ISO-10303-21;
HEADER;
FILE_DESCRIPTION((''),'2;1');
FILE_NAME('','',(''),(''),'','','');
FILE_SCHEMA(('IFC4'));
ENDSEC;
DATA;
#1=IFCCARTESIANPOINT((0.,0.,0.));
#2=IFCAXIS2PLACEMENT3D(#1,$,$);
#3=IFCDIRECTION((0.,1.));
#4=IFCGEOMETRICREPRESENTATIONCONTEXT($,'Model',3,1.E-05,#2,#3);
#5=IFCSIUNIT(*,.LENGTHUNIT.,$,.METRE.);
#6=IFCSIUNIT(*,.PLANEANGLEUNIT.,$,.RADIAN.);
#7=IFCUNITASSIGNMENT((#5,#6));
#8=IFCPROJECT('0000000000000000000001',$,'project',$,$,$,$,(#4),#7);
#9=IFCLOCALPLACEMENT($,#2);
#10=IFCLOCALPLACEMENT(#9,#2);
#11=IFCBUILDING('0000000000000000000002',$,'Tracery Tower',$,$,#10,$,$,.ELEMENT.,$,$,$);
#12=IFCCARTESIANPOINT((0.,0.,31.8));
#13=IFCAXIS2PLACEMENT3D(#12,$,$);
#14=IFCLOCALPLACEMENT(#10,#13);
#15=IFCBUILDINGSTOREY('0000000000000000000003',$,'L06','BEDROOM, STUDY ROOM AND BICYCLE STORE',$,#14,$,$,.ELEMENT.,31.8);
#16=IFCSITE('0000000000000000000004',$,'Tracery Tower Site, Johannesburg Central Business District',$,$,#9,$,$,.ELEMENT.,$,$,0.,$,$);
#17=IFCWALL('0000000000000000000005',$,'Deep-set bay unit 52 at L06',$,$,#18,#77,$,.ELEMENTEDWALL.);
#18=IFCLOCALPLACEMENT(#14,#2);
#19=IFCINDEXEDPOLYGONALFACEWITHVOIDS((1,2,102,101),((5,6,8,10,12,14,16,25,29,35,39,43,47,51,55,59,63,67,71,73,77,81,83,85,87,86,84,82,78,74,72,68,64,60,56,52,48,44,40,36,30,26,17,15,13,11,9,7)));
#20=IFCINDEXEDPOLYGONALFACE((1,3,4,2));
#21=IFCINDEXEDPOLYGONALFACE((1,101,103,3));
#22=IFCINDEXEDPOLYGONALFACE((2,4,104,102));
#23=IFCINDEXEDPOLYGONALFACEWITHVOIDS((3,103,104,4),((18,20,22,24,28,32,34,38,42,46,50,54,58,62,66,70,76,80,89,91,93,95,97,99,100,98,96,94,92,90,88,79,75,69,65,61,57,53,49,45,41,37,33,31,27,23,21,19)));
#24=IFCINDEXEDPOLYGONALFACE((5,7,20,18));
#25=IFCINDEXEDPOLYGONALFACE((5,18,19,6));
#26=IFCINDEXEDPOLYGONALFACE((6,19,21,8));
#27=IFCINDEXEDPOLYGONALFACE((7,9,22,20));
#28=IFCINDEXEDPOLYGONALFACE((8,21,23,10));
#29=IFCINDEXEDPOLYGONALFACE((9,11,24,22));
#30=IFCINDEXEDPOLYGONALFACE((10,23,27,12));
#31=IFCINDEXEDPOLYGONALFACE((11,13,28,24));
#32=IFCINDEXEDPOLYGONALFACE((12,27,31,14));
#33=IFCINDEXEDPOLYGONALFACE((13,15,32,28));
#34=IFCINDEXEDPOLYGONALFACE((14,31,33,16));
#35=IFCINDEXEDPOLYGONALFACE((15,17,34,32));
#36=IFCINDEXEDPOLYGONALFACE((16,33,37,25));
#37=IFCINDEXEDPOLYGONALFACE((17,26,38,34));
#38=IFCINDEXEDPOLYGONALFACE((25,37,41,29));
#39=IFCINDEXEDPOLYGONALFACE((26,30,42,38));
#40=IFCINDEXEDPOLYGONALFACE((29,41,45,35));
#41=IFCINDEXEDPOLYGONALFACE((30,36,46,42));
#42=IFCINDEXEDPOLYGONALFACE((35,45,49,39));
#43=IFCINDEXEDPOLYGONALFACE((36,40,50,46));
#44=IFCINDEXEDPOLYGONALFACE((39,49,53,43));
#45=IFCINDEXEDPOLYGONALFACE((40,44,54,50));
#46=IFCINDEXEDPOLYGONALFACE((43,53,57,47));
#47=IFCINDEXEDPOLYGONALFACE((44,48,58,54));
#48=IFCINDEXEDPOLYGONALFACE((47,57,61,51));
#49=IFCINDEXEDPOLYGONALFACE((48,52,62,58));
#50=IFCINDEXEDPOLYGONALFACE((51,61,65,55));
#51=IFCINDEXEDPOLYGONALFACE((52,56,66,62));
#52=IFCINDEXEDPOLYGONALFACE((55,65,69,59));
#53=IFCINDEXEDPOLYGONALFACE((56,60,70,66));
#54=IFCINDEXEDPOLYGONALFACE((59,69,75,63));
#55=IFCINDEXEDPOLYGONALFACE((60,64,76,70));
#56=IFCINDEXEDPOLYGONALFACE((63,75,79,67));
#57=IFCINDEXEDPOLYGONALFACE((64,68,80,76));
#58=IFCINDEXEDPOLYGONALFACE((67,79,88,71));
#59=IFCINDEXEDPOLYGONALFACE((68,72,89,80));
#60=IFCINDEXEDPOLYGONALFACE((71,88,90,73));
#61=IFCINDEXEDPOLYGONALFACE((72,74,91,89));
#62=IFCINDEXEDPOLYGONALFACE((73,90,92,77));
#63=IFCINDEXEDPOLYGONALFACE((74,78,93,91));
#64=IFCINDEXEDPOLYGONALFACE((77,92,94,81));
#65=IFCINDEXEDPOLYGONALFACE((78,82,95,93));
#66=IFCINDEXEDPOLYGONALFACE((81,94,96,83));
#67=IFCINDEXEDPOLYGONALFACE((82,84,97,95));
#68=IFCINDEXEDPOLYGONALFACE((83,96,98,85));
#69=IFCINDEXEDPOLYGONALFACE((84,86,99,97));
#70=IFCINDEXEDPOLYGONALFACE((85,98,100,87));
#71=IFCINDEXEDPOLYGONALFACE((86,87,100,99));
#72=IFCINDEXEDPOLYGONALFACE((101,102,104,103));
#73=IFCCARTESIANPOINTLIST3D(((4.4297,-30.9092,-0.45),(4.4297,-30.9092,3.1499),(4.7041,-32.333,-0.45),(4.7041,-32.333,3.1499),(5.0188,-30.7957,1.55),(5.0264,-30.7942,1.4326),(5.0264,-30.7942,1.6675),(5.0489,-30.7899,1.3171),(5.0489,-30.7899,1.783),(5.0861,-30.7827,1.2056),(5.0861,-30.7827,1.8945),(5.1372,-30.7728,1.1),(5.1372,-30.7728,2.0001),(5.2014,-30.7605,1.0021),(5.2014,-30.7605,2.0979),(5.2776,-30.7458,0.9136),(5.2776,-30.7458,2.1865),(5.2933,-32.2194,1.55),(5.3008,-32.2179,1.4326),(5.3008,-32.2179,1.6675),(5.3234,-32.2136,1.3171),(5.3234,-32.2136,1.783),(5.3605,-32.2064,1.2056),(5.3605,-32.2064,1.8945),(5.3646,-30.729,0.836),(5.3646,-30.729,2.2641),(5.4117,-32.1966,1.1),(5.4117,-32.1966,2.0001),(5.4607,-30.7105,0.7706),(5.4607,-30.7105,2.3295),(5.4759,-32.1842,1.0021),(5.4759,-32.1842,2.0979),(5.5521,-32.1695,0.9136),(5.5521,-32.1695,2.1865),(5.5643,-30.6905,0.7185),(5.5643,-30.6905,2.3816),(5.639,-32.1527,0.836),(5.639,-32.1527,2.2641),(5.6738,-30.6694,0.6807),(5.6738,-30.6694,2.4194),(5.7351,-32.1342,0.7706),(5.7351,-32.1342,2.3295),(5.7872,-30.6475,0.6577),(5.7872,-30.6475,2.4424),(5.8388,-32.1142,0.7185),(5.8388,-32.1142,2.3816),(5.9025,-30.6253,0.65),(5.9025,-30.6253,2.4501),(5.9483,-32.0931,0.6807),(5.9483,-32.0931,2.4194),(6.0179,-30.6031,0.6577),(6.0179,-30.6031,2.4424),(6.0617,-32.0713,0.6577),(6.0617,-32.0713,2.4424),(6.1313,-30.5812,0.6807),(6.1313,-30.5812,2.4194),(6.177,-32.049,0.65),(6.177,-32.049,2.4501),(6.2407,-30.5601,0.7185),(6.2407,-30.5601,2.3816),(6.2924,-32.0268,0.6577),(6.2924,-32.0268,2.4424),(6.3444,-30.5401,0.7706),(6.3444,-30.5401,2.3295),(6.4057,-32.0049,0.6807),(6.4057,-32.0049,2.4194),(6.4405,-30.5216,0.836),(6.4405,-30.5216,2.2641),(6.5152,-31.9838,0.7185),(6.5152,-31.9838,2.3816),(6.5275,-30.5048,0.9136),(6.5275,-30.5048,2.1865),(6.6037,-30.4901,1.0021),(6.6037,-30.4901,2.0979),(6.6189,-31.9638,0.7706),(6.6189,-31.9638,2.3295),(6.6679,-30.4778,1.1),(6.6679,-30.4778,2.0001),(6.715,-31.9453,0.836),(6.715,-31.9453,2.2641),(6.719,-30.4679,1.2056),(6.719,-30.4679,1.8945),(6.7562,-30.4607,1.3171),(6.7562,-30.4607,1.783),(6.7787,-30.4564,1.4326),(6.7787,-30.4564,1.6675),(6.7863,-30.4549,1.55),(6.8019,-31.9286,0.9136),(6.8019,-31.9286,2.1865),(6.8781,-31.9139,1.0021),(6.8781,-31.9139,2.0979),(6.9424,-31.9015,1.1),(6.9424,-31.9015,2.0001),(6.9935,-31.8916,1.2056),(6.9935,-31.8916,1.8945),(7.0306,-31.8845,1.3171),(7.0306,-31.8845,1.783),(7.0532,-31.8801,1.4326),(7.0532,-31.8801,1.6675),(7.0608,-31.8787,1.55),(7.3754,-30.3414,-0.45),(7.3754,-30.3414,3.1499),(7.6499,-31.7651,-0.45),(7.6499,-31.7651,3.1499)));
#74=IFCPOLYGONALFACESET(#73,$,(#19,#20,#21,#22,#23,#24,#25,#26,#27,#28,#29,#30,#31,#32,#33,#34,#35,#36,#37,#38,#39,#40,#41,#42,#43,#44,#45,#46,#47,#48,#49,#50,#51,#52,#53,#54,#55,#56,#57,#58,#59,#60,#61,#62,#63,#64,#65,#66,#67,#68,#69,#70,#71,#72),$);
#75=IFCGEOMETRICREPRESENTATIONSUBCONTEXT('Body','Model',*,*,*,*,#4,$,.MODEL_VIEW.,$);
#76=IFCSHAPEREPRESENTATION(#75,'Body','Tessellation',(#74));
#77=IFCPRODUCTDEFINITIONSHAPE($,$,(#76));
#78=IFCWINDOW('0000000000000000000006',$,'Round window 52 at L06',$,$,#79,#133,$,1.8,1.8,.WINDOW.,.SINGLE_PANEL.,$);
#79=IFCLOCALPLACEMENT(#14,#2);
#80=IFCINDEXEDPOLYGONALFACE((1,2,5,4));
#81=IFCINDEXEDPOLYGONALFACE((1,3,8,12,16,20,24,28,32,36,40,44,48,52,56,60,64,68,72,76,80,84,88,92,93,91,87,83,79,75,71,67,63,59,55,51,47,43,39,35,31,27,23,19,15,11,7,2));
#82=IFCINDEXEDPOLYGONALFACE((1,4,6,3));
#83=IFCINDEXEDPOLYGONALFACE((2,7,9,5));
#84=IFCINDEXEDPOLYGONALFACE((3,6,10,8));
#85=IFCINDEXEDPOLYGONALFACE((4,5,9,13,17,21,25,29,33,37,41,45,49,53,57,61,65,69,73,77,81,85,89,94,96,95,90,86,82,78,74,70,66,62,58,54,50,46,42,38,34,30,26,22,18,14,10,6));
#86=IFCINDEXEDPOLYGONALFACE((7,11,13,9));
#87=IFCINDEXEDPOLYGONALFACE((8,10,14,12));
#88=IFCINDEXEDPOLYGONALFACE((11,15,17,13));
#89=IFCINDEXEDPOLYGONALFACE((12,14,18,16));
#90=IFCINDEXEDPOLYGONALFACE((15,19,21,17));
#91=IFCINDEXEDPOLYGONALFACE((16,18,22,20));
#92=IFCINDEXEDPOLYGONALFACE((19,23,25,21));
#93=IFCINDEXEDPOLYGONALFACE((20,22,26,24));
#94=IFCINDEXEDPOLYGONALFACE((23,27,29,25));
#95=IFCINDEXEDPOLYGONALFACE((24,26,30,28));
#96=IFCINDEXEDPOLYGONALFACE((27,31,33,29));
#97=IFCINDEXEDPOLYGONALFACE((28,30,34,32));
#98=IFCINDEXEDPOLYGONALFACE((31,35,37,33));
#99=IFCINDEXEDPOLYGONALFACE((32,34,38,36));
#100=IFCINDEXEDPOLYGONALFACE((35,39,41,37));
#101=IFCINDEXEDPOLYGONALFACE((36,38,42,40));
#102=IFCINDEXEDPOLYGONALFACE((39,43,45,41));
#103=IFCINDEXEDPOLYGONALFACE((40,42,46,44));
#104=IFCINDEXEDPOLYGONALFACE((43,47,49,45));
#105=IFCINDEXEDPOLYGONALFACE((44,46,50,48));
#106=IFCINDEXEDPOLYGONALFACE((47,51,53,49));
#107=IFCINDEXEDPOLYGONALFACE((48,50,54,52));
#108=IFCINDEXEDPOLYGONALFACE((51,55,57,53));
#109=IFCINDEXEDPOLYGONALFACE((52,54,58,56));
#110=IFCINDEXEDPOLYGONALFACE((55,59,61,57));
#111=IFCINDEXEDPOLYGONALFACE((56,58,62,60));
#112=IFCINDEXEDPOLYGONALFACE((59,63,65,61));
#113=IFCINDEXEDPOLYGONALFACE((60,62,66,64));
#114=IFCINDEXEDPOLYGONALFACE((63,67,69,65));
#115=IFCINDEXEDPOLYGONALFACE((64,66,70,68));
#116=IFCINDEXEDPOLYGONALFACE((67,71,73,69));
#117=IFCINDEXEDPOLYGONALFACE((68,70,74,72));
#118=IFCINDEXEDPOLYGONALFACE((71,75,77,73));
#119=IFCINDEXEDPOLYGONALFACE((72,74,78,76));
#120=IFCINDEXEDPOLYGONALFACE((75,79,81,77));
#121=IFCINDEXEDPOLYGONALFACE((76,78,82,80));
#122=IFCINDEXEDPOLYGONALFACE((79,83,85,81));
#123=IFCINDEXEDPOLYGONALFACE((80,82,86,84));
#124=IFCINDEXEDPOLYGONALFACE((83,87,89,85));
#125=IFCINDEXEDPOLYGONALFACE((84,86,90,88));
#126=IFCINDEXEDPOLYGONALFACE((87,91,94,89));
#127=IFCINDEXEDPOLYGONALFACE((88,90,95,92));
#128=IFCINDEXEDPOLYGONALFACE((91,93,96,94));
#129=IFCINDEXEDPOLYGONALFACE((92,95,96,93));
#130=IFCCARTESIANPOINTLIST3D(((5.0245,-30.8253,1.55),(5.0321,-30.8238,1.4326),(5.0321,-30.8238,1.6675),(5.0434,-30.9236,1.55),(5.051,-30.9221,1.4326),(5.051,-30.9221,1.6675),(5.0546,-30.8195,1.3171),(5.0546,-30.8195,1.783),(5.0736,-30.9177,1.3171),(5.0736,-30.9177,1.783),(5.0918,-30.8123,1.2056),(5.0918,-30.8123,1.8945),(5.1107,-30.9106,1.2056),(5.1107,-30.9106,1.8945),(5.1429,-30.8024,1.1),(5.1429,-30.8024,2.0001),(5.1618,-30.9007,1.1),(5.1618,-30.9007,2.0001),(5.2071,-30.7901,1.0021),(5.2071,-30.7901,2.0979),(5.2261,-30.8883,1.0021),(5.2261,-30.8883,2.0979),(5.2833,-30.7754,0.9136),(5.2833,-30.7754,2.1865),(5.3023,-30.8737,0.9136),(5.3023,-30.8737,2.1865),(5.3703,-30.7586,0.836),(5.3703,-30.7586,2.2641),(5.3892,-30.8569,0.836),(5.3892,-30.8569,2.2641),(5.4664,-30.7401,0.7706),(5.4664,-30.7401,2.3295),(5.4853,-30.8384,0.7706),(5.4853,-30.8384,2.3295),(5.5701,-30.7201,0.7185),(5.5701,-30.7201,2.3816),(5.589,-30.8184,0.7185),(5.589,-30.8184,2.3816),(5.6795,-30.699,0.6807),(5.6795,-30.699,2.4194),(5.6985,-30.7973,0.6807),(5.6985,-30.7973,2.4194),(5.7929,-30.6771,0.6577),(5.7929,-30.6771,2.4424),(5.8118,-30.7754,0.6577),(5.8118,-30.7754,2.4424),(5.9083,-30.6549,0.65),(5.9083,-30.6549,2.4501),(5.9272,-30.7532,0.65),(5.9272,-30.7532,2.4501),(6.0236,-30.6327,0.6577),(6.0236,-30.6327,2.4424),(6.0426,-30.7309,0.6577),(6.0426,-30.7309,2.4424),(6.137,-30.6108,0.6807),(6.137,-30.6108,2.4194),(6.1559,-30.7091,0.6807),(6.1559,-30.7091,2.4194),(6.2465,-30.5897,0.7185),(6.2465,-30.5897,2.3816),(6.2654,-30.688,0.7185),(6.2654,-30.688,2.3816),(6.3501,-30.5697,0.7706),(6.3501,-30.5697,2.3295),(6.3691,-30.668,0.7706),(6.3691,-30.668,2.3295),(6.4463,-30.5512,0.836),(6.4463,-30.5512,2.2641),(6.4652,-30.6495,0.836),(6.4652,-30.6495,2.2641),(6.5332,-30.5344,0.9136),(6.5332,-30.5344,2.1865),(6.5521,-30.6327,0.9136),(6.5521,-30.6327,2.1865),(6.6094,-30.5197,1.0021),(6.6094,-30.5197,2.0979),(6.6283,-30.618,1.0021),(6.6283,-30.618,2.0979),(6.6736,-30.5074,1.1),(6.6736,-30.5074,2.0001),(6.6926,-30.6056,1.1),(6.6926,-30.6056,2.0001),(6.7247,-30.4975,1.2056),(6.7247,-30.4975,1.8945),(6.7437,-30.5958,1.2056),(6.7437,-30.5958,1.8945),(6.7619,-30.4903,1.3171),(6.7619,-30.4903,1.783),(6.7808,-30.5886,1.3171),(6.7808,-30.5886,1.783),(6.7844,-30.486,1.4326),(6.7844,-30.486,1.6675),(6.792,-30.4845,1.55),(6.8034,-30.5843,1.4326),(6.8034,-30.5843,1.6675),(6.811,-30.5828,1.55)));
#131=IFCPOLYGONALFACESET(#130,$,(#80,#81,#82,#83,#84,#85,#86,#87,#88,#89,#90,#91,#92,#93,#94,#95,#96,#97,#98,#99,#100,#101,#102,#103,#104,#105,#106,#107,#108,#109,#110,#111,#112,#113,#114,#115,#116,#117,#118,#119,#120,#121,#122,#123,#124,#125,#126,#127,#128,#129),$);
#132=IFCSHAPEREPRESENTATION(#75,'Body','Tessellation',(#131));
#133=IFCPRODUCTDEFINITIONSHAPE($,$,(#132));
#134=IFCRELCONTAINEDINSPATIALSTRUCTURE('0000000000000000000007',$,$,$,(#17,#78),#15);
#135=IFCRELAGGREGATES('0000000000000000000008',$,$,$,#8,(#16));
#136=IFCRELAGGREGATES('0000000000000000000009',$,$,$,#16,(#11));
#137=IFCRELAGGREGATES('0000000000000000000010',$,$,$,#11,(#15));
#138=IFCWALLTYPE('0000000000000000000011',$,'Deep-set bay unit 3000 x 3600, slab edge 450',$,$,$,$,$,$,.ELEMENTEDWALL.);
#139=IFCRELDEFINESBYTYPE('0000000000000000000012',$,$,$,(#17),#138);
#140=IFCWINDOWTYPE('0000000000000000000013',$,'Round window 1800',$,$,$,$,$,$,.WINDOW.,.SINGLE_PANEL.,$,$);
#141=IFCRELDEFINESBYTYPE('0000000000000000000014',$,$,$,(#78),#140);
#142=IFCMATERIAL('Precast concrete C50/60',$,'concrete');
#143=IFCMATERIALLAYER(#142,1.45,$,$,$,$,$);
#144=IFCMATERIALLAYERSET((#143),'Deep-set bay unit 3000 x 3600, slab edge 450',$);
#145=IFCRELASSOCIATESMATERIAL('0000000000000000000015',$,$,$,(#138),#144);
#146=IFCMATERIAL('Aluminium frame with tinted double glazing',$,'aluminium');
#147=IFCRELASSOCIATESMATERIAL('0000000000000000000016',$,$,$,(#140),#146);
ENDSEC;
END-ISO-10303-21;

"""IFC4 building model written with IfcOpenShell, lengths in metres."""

from ifc_helpers import new_model, si_unit, direction, frame, frame_2d, origin, origin_2d, place, context, subcontext, project, spatial, rectangle, circle, extrude, material, layer, layer_set, type_object, element, fill, save


model = new_model("IFC4")

# Units and contexts
model_context = context("Model", 3, precision=1e-05, world=origin(), true_north=direction((0.0, 1.0)))
body_context = subcontext(model_context, "Body", "Model", "MODEL_VIEW")
ifc_project = project(units=[si_unit("LENGTHUNIT", "METRE"), si_unit("PLANEANGLEUNIT", "RADIAN")], contexts=[model_context])

# Site, building, storey
site_placement = place(None, origin())
site = spatial("IfcSite", under=ifc_project, at=site_placement, Name="Tracery Tower Site, Johannesburg Central Business District", CompositionType="ELEMENT", RefElevation=0.0)
building_placement = place(site_placement, origin())
building = spatial("IfcBuilding", under=site, at=building_placement, Name="Tracery Tower", CompositionType="ELEMENT")
storey_placement = place(building_placement, frame((0.0, 0.0, 31.8)))
storey = spatial("IfcBuildingStorey", under=building, at=storey_placement, Name="L06", Description="BEDROOM, STUDY ROOM AND BICYCLE STORE", CompositionType="ELEMENT", Elevation=31.8)

# Wall, opening, window
ifc_material_1 = material(Name="Precast concrete C50/60", Category="concrete")
ifc_layer_1 = layer(ifc_material_1, 1.45)
ifc_layer_set_1 = layer_set([ifc_layer_1], Name="Deep-set bay unit 3000 x 3600, slab edge 450")
wall_type_1 = type_object("IfcWallType", Name="Deep-set bay unit 3000 x 3600, slab edge 450", PredefinedType="ELEMENTEDWALL", material=ifc_layer_set_1)
wall_1_placement = place(storey_placement, frame((4.5669, -31.6211, -0.45), z_axis=(0.0, 0.0, 1.0), x_axis=(0.981922, 0.189288, 0.0)))
wall_1 = element("IfcWall", 1, at=wall_1_placement, inside=storey, type_object=wall_type_1, Name="Deep-set bay unit 52 at L06", PredefinedType="ELEMENTEDWALL", context=body_context, shape_type="SweptSolid", body=[
    extrude(rectangle(XDim=3.0, YDim=1.45, at=frame_2d((1.5, 0.0))), origin(), (0.0, 0.0, 1.0), 3.5999),
])
opening_1_placement = place(wall_1_placement, frame((1.5, 0.0, 2.0)))
opening_1 = element("IfcOpeningElement", 2, at=opening_1_placement, cuts=wall_1, PredefinedType="OPENING", context=body_context, shape_type="SweptSolid", body=[
    extrude(circle(Radius=0.9, at=origin_2d()), frame((0.0, 0.7349, 0.0), z_axis=(0.0, -1.0, 0.0), x_axis=(1.0, 0.0, 0.0)), (0.0, 0.0, 1.0), 1.47),
])
ifc_material_2 = material(Name="Aluminium frame with tinted double glazing", Category="aluminium")
window_type = type_object("IfcWindowType", Name="Round window 1800", PartitioningType="SINGLE_PANEL", PredefinedType="WINDOW", material=ifc_material_2)
window_1_placement = place(opening_1_placement, origin())
window_1 = element("IfcWindow", 3, at=window_1_placement, inside=storey, type_object=window_type, Name="Round window 52 at L06", OverallHeight=1.8, OverallWidth=1.8, PartitioningType="SINGLE_PANEL", PredefinedType="WINDOW", context=body_context, shape_type="SweptSolid", body=[
    extrude(circle(Radius=0.9, at=origin_2d()), frame((0.0, 0.6948, 0.0), z_axis=(0.0, -1.0, 0.0), x_axis=(1.0, 0.0, 0.0)), (0.0, 0.0, 1.0), 0.1001),
])
fill(opening_1, window_1)

save(model, "model.ifc")
